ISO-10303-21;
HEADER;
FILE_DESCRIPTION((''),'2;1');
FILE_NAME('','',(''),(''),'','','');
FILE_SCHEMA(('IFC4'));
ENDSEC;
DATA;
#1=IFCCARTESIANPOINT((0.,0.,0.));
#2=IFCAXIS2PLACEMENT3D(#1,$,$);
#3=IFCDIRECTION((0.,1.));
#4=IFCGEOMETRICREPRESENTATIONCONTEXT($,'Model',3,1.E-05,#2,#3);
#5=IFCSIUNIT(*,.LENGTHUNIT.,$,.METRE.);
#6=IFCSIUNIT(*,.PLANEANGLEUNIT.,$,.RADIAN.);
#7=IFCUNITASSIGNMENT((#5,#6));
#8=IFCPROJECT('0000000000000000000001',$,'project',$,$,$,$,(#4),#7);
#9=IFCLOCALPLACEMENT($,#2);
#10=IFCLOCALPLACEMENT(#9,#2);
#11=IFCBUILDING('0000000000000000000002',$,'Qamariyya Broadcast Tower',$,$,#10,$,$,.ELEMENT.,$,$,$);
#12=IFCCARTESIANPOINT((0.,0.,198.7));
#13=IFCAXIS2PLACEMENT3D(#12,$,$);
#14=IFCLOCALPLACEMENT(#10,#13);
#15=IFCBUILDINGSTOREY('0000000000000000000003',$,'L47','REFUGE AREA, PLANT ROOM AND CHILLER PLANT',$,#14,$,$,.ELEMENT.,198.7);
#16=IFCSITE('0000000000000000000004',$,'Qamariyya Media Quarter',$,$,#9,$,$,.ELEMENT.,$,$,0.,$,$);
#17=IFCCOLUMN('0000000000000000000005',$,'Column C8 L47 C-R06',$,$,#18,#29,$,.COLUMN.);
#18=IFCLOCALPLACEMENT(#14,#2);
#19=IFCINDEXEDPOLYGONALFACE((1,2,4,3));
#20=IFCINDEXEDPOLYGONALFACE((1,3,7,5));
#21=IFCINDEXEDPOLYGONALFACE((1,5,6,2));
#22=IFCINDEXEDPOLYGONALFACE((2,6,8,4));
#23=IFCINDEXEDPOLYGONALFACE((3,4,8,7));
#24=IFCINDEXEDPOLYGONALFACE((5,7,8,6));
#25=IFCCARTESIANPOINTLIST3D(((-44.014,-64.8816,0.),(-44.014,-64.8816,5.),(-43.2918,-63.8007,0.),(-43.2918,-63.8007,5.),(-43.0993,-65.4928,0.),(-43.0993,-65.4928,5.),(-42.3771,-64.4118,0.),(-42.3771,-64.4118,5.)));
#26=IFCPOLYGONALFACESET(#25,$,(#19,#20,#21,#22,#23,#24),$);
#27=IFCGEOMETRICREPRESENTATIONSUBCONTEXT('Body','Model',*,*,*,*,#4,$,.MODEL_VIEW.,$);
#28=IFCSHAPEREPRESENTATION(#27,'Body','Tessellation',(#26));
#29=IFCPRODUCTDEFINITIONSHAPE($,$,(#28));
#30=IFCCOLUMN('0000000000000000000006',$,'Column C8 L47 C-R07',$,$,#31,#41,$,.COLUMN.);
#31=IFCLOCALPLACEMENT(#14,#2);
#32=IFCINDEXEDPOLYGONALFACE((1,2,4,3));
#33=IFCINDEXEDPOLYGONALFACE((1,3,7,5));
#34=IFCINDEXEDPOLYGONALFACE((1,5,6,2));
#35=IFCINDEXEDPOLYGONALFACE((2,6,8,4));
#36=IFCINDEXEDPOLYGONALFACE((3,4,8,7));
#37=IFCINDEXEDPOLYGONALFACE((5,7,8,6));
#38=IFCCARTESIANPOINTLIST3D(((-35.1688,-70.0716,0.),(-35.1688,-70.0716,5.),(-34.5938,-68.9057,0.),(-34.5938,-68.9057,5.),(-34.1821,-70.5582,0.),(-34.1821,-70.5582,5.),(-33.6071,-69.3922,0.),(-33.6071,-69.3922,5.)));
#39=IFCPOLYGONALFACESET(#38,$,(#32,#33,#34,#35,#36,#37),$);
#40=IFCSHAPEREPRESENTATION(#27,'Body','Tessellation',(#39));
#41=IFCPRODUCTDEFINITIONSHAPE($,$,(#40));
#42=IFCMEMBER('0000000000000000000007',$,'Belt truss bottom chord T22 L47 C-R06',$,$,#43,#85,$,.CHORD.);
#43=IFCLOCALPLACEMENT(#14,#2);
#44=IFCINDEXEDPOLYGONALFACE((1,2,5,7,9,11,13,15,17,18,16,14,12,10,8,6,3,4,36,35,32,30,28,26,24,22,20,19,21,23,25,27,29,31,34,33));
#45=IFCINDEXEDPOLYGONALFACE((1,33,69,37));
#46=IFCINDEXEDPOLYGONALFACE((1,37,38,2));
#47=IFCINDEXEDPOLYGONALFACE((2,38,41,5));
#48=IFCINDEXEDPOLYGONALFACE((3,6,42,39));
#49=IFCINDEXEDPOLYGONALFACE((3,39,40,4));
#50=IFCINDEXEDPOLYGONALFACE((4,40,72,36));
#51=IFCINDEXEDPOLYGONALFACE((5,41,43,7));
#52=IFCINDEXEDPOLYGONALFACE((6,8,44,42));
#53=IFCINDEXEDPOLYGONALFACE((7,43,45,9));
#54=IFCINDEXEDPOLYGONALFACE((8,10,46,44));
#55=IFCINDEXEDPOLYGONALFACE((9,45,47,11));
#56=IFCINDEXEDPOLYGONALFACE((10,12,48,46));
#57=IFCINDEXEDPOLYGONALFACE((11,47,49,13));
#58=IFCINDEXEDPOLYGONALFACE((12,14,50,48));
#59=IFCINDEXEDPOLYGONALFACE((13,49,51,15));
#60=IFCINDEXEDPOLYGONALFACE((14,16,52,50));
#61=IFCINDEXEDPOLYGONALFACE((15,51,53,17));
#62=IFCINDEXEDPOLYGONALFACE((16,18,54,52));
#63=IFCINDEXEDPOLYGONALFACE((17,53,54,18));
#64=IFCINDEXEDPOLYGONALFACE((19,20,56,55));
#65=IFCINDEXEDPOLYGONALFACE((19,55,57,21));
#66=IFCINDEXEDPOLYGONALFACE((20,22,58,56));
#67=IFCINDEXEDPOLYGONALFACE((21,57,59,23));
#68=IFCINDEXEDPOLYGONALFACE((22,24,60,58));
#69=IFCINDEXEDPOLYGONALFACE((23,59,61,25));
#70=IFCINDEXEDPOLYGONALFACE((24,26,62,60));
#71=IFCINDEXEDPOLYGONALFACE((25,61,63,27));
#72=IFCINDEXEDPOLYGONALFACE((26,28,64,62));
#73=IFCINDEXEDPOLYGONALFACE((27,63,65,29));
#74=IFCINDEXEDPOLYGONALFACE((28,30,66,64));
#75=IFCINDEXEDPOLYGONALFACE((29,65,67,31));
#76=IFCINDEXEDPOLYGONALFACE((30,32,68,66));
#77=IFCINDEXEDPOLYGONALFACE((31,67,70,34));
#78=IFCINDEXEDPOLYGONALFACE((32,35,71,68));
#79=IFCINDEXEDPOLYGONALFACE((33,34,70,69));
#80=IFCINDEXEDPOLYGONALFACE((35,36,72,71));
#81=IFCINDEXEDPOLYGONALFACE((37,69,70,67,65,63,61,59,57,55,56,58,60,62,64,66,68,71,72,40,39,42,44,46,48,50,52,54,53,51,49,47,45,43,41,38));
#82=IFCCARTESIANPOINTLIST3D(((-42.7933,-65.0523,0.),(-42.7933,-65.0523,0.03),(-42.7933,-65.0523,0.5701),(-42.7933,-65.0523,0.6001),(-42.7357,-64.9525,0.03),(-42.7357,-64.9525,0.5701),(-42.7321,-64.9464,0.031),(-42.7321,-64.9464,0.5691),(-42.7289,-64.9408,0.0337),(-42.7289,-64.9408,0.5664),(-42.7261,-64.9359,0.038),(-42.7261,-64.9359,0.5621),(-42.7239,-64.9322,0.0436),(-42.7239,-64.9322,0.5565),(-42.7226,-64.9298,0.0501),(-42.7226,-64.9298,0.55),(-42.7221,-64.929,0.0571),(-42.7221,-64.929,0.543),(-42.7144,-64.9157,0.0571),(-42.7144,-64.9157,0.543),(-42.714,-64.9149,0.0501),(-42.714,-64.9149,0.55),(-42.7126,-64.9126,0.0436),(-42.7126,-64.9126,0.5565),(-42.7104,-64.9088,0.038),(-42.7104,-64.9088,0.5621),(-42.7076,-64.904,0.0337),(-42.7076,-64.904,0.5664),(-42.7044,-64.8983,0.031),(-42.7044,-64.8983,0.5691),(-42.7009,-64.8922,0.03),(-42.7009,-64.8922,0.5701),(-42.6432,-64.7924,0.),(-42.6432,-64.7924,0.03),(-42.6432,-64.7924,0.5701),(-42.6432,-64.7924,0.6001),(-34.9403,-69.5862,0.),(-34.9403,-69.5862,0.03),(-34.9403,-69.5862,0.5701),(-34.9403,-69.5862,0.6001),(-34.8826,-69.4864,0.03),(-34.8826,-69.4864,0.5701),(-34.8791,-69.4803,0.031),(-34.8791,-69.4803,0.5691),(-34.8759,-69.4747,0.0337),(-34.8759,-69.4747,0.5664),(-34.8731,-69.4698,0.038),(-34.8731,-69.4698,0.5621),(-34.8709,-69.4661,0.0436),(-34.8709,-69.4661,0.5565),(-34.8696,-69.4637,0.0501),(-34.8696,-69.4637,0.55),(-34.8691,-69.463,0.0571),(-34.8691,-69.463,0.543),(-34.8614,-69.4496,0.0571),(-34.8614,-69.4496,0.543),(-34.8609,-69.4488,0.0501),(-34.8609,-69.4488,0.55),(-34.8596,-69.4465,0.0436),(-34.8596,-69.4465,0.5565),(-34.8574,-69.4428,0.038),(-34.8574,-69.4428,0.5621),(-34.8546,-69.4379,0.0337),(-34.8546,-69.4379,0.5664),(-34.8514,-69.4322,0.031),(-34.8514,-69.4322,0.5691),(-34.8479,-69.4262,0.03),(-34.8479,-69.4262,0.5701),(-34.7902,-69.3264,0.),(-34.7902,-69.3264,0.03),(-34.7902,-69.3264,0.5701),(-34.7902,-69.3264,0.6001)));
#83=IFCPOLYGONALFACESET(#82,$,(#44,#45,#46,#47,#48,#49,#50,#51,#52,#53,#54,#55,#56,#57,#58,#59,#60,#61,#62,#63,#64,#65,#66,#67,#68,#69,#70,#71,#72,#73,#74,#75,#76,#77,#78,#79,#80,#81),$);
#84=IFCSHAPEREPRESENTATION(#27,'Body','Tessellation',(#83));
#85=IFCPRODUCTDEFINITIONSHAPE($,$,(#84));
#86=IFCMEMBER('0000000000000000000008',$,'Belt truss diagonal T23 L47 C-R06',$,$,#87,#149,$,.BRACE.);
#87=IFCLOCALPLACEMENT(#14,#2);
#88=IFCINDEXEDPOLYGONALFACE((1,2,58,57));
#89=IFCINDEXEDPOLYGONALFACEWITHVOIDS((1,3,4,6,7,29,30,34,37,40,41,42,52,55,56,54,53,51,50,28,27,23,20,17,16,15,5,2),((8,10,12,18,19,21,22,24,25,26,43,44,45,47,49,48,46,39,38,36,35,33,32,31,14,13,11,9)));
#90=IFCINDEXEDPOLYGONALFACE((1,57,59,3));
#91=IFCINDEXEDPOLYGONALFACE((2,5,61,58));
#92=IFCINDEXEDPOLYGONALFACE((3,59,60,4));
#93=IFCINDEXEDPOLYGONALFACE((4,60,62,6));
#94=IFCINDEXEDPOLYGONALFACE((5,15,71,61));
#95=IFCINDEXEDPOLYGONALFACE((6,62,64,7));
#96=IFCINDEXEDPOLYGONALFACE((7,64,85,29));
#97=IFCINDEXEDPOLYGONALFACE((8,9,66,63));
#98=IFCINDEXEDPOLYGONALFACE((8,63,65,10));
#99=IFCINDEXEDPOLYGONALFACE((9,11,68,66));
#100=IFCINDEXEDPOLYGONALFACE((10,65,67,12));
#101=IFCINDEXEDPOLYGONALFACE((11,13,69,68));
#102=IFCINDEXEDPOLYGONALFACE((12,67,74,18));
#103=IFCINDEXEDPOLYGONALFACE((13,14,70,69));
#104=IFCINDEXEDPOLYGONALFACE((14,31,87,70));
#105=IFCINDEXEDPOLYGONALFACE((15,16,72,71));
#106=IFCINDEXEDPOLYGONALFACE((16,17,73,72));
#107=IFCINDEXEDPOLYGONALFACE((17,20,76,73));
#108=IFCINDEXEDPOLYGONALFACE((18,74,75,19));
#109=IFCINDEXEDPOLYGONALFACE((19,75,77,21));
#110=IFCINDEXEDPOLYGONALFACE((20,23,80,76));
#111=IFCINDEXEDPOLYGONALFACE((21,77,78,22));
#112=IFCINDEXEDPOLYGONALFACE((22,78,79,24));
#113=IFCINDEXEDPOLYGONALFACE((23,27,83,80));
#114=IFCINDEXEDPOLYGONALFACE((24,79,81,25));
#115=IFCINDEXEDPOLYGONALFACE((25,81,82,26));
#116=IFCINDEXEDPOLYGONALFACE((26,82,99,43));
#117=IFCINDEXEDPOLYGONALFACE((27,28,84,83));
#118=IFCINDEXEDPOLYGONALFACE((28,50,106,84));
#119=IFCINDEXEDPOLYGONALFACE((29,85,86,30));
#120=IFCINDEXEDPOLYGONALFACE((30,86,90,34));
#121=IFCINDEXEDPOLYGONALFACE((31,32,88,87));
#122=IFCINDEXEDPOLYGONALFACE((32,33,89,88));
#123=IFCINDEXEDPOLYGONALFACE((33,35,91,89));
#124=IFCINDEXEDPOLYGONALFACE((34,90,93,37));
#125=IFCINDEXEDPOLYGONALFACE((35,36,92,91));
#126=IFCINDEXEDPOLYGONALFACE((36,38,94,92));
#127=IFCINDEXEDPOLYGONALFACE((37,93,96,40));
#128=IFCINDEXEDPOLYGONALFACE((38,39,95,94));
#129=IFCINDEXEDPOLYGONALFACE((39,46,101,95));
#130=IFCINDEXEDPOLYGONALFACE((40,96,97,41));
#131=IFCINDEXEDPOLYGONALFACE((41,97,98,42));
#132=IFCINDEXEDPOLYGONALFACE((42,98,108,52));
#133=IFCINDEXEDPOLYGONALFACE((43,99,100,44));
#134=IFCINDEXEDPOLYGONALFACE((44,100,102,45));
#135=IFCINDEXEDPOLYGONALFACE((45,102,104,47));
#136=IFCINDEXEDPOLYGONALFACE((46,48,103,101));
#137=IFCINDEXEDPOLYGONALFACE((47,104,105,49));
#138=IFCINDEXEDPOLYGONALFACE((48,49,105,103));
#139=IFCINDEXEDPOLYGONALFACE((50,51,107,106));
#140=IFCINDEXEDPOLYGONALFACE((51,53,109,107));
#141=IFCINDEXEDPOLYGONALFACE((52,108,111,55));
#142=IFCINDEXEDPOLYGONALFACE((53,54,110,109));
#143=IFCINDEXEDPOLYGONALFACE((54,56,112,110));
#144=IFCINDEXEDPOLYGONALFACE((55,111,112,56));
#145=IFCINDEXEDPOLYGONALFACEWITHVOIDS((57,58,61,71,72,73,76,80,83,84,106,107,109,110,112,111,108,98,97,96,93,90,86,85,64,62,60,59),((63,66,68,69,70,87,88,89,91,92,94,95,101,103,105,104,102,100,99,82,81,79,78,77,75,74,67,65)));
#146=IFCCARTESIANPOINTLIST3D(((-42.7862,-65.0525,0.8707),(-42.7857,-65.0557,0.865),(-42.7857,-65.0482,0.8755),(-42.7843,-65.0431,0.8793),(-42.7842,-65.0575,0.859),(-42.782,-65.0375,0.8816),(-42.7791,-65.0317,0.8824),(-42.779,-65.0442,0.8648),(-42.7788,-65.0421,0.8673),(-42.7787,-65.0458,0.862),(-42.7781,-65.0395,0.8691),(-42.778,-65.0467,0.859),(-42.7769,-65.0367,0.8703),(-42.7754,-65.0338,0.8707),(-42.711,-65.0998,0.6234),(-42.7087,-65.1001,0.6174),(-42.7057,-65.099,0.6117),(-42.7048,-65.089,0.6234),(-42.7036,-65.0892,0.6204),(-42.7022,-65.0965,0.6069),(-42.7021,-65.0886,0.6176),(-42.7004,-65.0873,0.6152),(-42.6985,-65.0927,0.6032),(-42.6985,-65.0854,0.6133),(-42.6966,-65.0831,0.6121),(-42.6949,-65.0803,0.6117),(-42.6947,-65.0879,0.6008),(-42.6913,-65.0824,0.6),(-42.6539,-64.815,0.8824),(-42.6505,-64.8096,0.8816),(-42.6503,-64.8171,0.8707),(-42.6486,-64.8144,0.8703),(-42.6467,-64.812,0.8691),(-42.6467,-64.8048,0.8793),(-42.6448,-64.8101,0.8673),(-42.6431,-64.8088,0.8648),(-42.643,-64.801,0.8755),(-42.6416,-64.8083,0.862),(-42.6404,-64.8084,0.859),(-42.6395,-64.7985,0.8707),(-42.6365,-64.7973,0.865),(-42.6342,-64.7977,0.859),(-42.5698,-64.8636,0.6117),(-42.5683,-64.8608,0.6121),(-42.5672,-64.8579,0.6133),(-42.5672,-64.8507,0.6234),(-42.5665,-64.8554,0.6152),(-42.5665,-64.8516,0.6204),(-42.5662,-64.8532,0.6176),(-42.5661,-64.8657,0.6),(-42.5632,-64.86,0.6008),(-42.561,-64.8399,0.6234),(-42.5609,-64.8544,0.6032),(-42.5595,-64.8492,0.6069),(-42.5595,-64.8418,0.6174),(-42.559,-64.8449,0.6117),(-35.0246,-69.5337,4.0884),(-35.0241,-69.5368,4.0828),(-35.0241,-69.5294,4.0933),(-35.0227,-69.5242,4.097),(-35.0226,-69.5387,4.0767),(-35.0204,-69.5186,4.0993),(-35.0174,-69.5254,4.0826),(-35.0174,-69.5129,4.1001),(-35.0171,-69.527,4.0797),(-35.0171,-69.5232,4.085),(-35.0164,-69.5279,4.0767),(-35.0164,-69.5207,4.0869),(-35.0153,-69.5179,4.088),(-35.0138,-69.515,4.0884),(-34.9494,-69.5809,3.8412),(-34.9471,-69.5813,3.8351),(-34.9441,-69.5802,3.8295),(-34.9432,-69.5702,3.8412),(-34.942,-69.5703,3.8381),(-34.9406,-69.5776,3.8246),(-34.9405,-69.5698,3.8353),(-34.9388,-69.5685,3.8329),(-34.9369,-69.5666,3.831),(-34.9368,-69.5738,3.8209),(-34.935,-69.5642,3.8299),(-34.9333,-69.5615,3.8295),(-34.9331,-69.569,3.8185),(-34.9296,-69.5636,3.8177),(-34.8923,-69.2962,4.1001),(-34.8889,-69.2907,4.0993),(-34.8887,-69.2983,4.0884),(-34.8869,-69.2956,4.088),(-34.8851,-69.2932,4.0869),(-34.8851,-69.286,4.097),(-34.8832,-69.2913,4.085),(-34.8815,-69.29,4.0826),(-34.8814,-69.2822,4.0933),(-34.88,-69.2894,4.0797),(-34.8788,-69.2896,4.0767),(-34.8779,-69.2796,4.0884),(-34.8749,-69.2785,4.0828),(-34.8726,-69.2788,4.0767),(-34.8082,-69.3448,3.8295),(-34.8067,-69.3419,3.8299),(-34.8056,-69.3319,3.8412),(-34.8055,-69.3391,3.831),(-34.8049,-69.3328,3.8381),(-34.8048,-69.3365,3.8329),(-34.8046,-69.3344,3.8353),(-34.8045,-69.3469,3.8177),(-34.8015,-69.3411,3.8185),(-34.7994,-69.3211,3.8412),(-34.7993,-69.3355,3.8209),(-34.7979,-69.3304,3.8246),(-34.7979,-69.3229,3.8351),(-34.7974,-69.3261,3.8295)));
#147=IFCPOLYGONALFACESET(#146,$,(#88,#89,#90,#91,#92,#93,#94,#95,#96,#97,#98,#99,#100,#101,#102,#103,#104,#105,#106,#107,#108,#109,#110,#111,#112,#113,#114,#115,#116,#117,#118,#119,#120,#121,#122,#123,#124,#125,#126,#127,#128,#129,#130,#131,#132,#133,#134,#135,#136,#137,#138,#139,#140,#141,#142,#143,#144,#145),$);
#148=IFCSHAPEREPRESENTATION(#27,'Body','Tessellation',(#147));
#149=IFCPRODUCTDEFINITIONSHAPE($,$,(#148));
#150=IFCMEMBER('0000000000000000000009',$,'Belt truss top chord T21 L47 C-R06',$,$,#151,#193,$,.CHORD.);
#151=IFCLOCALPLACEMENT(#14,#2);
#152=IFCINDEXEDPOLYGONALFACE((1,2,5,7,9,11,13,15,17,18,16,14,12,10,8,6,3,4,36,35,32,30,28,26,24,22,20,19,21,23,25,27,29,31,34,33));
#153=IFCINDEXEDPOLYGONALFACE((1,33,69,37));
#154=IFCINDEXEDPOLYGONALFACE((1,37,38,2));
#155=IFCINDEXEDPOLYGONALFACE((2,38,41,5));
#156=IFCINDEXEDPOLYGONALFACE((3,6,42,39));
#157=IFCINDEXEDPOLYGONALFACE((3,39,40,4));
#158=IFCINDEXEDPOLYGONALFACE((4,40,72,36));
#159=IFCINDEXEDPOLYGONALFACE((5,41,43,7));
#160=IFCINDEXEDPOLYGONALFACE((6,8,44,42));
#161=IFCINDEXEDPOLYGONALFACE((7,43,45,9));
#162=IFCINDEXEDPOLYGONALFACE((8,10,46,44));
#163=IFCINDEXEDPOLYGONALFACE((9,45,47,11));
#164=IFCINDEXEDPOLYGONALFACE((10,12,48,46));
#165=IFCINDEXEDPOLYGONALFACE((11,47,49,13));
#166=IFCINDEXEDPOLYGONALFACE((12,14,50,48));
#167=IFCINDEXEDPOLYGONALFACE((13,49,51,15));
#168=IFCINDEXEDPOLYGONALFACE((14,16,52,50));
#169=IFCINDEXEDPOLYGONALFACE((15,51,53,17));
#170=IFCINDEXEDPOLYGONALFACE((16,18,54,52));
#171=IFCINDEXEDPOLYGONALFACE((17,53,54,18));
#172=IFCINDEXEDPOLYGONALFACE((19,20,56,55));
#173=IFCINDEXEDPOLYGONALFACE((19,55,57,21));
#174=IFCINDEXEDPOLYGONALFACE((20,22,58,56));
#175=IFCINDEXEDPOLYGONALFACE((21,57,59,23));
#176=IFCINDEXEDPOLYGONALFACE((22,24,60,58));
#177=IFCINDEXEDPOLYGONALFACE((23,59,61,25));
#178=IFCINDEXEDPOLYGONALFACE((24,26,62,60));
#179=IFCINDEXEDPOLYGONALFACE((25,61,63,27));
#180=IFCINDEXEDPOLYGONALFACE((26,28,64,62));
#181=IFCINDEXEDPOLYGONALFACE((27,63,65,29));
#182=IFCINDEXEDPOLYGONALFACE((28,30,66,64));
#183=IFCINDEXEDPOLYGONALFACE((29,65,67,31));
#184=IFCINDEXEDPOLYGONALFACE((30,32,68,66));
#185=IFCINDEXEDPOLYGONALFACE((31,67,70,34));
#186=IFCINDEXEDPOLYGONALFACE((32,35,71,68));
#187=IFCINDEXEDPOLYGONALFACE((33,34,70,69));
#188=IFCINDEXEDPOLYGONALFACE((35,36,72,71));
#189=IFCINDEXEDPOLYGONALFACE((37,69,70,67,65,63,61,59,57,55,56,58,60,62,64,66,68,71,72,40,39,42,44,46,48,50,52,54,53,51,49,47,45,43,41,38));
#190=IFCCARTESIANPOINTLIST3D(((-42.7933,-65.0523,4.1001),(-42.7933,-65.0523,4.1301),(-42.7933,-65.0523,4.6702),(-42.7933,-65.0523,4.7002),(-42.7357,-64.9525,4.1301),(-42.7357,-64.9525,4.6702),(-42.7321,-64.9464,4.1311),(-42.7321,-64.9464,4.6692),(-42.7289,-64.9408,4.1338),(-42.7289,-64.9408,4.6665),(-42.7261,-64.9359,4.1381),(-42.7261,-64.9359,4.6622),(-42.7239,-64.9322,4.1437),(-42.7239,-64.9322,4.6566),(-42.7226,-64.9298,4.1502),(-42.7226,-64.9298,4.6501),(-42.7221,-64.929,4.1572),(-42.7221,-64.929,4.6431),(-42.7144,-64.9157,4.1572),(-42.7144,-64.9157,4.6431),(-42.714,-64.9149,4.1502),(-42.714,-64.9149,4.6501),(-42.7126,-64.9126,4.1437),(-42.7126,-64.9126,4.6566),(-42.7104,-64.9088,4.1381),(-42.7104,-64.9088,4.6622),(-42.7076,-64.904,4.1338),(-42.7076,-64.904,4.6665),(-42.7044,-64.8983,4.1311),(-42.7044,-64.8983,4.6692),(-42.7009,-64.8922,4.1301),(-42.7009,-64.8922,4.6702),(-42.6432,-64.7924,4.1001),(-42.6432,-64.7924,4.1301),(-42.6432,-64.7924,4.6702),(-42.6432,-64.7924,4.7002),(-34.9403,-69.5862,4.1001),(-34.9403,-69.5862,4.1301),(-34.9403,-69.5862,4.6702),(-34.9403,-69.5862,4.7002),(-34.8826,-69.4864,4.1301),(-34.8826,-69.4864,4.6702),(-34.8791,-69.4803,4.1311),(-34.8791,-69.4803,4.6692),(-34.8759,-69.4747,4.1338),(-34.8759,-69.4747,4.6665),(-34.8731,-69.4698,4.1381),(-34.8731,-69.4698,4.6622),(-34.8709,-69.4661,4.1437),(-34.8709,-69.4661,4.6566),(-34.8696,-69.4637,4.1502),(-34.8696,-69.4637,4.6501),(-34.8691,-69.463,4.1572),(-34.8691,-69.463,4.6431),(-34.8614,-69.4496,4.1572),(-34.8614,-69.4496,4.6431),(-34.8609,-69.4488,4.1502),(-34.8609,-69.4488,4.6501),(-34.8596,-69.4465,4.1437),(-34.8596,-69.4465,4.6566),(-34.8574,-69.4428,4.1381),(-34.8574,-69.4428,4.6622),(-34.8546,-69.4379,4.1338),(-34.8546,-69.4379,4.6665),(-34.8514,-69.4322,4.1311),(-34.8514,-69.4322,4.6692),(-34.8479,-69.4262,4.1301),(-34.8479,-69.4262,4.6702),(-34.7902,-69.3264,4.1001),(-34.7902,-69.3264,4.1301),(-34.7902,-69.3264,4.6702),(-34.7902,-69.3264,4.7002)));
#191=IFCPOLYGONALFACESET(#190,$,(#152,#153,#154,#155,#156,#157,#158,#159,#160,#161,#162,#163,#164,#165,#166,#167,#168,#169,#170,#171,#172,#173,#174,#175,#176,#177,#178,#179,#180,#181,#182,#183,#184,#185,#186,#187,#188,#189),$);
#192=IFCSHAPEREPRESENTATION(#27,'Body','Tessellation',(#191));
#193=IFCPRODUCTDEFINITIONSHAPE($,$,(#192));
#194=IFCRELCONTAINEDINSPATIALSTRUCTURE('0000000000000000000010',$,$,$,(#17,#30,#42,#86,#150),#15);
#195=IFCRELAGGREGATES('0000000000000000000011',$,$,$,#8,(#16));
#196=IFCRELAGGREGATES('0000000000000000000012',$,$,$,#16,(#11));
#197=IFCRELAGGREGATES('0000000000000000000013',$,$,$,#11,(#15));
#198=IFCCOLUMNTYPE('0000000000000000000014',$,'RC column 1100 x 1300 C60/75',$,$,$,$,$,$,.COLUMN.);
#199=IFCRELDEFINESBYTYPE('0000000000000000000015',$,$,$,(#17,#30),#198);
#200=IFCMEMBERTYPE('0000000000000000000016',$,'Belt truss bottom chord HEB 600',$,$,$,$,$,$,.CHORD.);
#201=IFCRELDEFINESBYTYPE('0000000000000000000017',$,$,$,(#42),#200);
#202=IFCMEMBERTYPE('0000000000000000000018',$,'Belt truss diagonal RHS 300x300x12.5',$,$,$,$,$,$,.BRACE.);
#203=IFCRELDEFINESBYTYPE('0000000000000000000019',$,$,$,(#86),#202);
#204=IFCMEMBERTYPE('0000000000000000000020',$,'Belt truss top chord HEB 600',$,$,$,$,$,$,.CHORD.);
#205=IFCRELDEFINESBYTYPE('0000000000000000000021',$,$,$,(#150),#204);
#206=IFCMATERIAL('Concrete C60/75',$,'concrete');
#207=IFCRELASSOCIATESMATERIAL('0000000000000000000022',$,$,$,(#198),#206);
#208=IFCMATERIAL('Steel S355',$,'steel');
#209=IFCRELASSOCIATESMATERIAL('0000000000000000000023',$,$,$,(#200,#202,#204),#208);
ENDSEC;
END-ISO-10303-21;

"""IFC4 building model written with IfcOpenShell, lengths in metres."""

from ifc_helpers import new_model, si_unit, direction, frame, origin, origin_2d, place, context, subcontext, project, spatial, rectangle, hollow_rectangle, i_section, extrude, material, material_profile, profile_set, type_object, element, save


model = new_model("IFC4")

# Units and contexts
model_context = context("Model", 3, precision=1e-05, world=origin(), true_north=direction((0.0, 1.0)))
body_context = subcontext(model_context, "Body", "Model", "MODEL_VIEW")
ifc_project = project(units=[si_unit("LENGTHUNIT", "METRE"), si_unit("PLANEANGLEUNIT", "RADIAN")], contexts=[model_context])

# Site, building, storey
site_placement = place(None, origin())
site = spatial("IfcSite", under=ifc_project, at=site_placement, Name="Qamariyya Media Quarter", CompositionType="ELEMENT", RefElevation=0.0)
building_placement = place(site_placement, origin())
building = spatial("IfcBuilding", under=site, at=building_placement, Name="Qamariyya Broadcast Tower", CompositionType="ELEMENT")
storey_placement = place(building_placement, frame((0.0, 0.0, 198.7)))
storey = spatial("IfcBuildingStorey", under=building, at=storey_placement, Name="L47", Description="REFUGE AREA, PLANT ROOM AND CHILLER PLANT", CompositionType="ELEMENT", Elevation=198.7)

# Columns
ifc_material_1 = material(Name="Concrete C60/75", Category="concrete")
ifc_material_profile_1 = material_profile(ifc_material_1, rectangle(XDim=1.1001, YDim=1.3, at=origin_2d()))
ifc_profile_set_1 = profile_set([ifc_material_profile_1], Name="Concrete C60/75")
column_type = type_object("IfcColumnType", Name="RC column 1100 x 1300 C60/75", PredefinedType="COLUMN", material=ifc_profile_set_1)
for number, where, z_axis, x_axis, name in (
    (1, (-43.1956, -64.6467, 0.0), (0.0, 0.0, 1.0), (0.83147, -0.55557, 0.0), "Column C8 L47 C-R06"),
    (2, (-34.3879, -69.7319, 0.0), (0.0, 0.0, 1.0), (0.896873, -0.442289, 0.0), "Column C8 L47 C-R07"),
):
    element("IfcColumn", number, at=place(storey_placement, frame(where, z_axis=z_axis, x_axis=x_axis)), inside=storey, type_object=column_type, Name=name, PredefinedType="COLUMN", context=body_context, shape_type="SweptSolid", body=[
        extrude(rectangle(XDim=1.1001, YDim=1.3, at=origin_2d()), origin(), (0.0, 0.0, 1.0), 5.0),
    ])

# Members
ifc_material_2 = material(Name="Steel S355", Category="steel")
ifc_material_profile_2 = material_profile(ifc_material_2, i_section(OverallWidth=0.3, OverallDepth=0.6001, WebThickness=0.0154, FlangeThickness=0.03, FilletRadius=0.0271, at=origin_2d()))
ifc_profile_set_2 = profile_set([ifc_material_profile_2], Name="Steel S355")
member_type_1 = type_object("IfcMemberType", Name="Belt truss bottom chord HEB 600", PredefinedType="CHORD", material=ifc_profile_set_2)
member_1_placement = place(storey_placement, frame((-42.7183, -64.9224, 0.3), z_axis=(0.866026, -0.499999, 0.0), x_axis=(0.499999, 0.866026, 0.0)))
element("IfcMember", 3, at=member_1_placement, inside=storey, type_object=member_type_1, Name="Belt truss bottom chord T22 L47 C-R06", PredefinedType="CHORD", context=body_context, shape_type="SweptSolid", body=[
    extrude(i_section(OverallWidth=0.3, OverallDepth=0.6001, WebThickness=0.0154, FlangeThickness=0.03, FilletRadius=0.0271, at=origin_2d()), origin(), (0.0, 0.0, 1.0), 9.0679),
])
ifc_material_profile_3 = material_profile(ifc_material_2, hollow_rectangle(XDim=0.3, YDim=0.3, WallThickness=0.0125, InnerFilletRadius=0.0125, OuterFilletRadius=0.0249, at=origin_2d()))
ifc_profile_set_3 = profile_set([ifc_material_profile_3], Name="Steel S355")
member_type_2 = type_object("IfcMemberType", Name="Belt truss diagonal RHS 300x300x12.5", PredefinedType="BRACE", material=ifc_profile_set_3)
member_2_placement = place(storey_placement, frame((-42.6726, -64.9487, 0.7412), z_axis=(0.815086, -0.470587, 0.33791), x_axis=(0.499998, 0.866027, 0.0)))
element("IfcMember", 4, at=member_2_placement, inside=storey, type_object=member_type_2, Name="Belt truss diagonal T23 L47 C-R06", PredefinedType="BRACE", context=body_context, shape_type="SweptSolid", body=[
    extrude(hollow_rectangle(XDim=0.3, YDim=0.3, WallThickness=0.0125, InnerFilletRadius=0.0125, OuterFilletRadius=0.0249, at=origin_2d()), origin(), (0.0, 0.0, 1.0), 9.5225),
])
ifc_material_profile_4 = material_profile(ifc_material_2, i_section(OverallWidth=0.3, OverallDepth=0.6001, WebThickness=0.0154, FlangeThickness=0.03, FilletRadius=0.0271, at=origin_2d()))
ifc_profile_set_4 = profile_set([ifc_material_profile_4], Name="Steel S355")
member_type_3 = type_object("IfcMemberType", Name="Belt truss top chord HEB 600", PredefinedType="CHORD", material=ifc_profile_set_4)
member_3_placement = place(storey_placement, frame((-42.7183, -64.9224, 4.4001), z_axis=(0.866026, -0.499999, 0.0), x_axis=(0.499999, 0.866026, 0.0)))
element("IfcMember", 5, at=member_3_placement, inside=storey, type_object=member_type_3, Name="Belt truss top chord T21 L47 C-R06", PredefinedType="CHORD", context=body_context, shape_type="SweptSolid", body=[
    extrude(i_section(OverallWidth=0.3, OverallDepth=0.6001, WebThickness=0.0154, FlangeThickness=0.03, FilletRadius=0.0271, at=origin_2d()), origin(), (0.0, 0.0, 1.0), 9.0679),
])

save(model, "model.ifc")
